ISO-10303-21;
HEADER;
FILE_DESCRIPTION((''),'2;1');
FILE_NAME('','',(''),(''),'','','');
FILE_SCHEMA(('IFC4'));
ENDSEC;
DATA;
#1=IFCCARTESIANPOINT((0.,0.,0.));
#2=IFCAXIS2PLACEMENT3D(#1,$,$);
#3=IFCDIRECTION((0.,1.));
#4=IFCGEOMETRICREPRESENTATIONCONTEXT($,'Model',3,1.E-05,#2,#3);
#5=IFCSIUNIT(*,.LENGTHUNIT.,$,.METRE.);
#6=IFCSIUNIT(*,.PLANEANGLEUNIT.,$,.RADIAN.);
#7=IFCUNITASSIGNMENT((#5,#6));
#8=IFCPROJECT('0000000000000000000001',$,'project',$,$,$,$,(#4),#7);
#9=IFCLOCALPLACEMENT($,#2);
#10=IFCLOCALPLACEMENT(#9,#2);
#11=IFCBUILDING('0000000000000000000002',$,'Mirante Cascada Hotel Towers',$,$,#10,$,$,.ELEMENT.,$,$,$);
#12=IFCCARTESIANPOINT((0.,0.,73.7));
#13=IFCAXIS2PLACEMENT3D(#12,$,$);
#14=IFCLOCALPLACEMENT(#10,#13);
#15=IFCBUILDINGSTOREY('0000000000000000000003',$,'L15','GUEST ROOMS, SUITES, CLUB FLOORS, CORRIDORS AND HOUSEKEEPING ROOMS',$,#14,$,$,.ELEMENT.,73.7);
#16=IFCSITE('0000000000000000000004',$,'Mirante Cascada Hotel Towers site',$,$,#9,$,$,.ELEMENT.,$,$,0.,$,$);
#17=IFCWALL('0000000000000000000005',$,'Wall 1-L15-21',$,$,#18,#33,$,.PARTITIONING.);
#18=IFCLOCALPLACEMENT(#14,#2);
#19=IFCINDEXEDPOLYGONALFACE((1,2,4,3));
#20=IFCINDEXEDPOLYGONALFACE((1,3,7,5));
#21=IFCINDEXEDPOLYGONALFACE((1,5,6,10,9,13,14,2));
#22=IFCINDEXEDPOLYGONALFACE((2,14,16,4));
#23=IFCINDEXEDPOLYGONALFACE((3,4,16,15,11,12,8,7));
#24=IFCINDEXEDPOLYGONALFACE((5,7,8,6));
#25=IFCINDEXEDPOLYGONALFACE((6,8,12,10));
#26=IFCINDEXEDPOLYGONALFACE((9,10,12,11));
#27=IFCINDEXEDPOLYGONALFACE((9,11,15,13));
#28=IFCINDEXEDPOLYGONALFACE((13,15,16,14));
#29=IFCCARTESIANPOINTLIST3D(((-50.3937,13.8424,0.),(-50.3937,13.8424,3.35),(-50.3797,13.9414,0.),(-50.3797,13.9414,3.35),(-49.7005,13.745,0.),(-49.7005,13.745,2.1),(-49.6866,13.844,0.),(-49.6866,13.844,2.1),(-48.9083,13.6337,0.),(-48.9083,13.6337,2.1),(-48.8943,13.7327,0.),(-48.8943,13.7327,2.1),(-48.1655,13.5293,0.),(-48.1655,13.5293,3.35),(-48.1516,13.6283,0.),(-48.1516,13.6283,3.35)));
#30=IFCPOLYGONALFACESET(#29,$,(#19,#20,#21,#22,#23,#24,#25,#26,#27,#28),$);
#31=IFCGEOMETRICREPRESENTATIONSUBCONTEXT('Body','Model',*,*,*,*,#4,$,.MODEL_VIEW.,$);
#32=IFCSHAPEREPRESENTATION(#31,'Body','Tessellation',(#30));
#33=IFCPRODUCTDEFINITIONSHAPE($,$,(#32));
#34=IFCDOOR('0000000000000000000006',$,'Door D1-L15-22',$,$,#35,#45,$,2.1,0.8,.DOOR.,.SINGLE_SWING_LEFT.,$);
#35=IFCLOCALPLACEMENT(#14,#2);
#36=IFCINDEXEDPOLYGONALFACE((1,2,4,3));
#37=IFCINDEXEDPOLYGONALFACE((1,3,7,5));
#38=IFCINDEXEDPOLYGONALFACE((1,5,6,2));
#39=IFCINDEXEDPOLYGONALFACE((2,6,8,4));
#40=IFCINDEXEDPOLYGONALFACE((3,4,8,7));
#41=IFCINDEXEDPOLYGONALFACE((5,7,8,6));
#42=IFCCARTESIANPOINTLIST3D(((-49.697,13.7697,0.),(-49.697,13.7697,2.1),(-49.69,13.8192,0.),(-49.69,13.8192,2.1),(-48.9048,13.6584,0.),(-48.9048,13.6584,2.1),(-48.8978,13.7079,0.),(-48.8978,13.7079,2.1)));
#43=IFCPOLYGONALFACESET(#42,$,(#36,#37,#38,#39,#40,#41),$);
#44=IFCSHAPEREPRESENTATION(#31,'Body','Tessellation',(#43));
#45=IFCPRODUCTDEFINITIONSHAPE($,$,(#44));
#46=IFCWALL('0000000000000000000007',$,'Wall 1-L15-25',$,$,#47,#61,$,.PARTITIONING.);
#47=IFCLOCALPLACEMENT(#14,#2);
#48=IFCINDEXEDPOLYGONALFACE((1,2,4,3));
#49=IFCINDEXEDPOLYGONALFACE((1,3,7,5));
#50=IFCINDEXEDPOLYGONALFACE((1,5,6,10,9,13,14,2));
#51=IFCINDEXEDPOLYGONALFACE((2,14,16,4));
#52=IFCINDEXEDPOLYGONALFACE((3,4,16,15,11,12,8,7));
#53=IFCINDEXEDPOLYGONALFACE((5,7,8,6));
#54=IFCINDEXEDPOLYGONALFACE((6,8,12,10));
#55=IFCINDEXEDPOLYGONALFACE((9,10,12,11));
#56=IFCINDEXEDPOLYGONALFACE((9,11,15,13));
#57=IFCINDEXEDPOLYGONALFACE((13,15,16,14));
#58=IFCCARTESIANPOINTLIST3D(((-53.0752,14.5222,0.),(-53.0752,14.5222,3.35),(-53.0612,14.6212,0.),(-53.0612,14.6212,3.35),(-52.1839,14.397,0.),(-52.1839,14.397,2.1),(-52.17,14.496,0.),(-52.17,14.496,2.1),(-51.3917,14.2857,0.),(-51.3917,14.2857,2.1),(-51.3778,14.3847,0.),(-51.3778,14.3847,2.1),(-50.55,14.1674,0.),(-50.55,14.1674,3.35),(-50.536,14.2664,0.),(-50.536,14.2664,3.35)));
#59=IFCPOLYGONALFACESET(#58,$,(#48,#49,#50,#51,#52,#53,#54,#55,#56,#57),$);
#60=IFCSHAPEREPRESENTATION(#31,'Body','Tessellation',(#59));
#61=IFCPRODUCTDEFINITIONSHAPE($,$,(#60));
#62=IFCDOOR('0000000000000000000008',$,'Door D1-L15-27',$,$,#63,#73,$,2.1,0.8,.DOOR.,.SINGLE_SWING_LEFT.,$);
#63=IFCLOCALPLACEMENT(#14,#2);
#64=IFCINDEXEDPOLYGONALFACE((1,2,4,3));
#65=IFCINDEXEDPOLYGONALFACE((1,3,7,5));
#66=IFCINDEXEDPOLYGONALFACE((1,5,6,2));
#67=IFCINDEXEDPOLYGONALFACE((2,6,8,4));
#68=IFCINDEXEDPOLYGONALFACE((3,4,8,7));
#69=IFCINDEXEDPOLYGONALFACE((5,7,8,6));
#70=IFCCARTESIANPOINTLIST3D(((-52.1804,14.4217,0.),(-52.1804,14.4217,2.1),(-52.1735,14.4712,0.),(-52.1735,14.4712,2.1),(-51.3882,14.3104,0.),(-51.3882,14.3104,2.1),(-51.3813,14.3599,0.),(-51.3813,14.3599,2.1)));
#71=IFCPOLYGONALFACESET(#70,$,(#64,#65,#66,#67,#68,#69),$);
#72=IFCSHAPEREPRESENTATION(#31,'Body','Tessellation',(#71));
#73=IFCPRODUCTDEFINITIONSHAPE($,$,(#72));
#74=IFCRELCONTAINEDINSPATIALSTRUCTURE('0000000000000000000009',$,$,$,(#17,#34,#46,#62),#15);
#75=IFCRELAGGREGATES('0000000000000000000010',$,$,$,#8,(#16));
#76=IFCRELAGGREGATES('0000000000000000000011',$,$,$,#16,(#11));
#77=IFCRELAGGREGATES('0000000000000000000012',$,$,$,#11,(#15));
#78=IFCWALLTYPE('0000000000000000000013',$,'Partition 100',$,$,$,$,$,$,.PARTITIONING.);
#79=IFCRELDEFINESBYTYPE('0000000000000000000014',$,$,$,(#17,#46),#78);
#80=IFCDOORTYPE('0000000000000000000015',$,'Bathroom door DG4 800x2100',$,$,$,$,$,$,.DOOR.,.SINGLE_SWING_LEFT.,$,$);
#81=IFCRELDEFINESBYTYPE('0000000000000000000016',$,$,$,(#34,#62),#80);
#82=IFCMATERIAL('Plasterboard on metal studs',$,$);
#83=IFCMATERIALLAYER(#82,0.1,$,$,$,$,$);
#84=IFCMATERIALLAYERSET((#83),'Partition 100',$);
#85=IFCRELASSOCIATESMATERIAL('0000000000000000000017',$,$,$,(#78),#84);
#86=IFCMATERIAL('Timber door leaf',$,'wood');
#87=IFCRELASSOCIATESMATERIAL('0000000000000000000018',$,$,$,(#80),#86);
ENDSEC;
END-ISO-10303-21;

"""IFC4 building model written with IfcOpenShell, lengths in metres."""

from ifc_helpers import new_model, si_unit, direction, frame, frame_2d, origin, place, context, subcontext, project, spatial, rectangle, extrude, material, layer, layer_set, type_object, element, fill, save


model = new_model("IFC4")

# Units and contexts
model_context = context("Model", 3, precision=1e-05, world=origin(), true_north=direction((0.0, 1.0)))
body_context = subcontext(model_context, "Body", "Model", "MODEL_VIEW")
ifc_project = project(units=[si_unit("LENGTHUNIT", "METRE"), si_unit("PLANEANGLEUNIT", "RADIAN")], contexts=[model_context])

# Site, building, storey
site_placement = place(None, origin())
site = spatial("IfcSite", under=ifc_project, at=site_placement, Name="Mirante Cascada Hotel Towers site", CompositionType="ELEMENT", RefElevation=0.0)
building_placement = place(site_placement, origin())
building = spatial("IfcBuilding", under=site, at=building_placement, Name="Mirante Cascada Hotel Towers", CompositionType="ELEMENT")
storey_placement = place(building_placement, frame((0.0, 0.0, 73.7)))
storey = spatial("IfcBuildingStorey", under=building, at=storey_placement, Name="L15", Description="GUEST ROOMS, SUITES, CLUB FLOORS, CORRIDORS AND HOUSEKEEPING ROOMS", CompositionType="ELEMENT", Elevation=73.7)

# Walls, openings, doors
ifc_material_1 = material(Name="Plasterboard on metal studs")
ifc_layer_1 = layer(ifc_material_1, 0.1)
ifc_layer_set_1 = layer_set([ifc_layer_1], Name="Partition 100")
wall_type_1 = type_object("IfcWallType", Name="Partition 100", PredefinedType="PARTITIONING", material=ifc_layer_set_1)
wall_1_placement = place(storey_placement, frame((-50.3867, 13.8919, 0.0), z_axis=(0.0, 0.0, 1.0), x_axis=(0.990271, -0.139156, 0.0)))
wall_1 = element("IfcWall", 1, at=wall_1_placement, inside=storey, type_object=wall_type_1, Name="Wall 1-L15-21", PredefinedType="PARTITIONING", context=body_context, shape_type="SweptSolid", body=[
    extrude(rectangle(XDim=2.25, YDim=0.1, at=frame_2d((1.125, 0.0))), origin(), (0.0, 0.0, 1.0), 3.35),
])
opening_1_placement = place(wall_1_placement, frame((0.7, 0.0, 0.0)))
opening_1 = element("IfcOpeningElement", 2, at=opening_1_placement, cuts=wall_1, PredefinedType="OPENING", context=body_context, shape_type="SweptSolid", body=[
    extrude(rectangle(XDim=0.8, YDim=2.1, at=frame_2d((0.4, 1.05))), frame((0.0, 0.05, 0.0), z_axis=(0.0, -1.0, 0.0), x_axis=(1.0, 0.0, 0.0)), (0.0, 0.0, 1.0), 0.1),
])
ifc_material_2 = material(Name="Timber door leaf", Category="wood")
door_type = type_object("IfcDoorType", Name="Bathroom door DG4 800x2100", OperationType="SINGLE_SWING_LEFT", PredefinedType="DOOR", material=ifc_material_2)
door_1_placement = place(opening_1_placement, origin())
door_1 = element("IfcDoor", 3, at=door_1_placement, inside=storey, type_object=door_type, Name="Door D1-L15-22", OperationType="SINGLE_SWING_LEFT", OverallHeight=2.1, OverallWidth=0.8, PredefinedType="DOOR", context=body_context, shape_type="SweptSolid", body=[
    extrude(rectangle(XDim=0.8, YDim=2.1, at=frame_2d((0.4, 1.05))), frame((0.0, 0.025, 0.0), z_axis=(0.0, -1.0, 0.0), x_axis=(1.0, 0.0, 0.0)), (0.0, 0.0, 1.0), 0.05),
])
fill(opening_1, door_1)
wall_2_placement = place(storey_placement, frame((-53.0682, 14.5717, 0.0), z_axis=(0.0, 0.0, 1.0), x_axis=(0.990273, -0.139137, 0.0)))
wall_2 = element("IfcWall", 4, at=wall_2_placement, inside=storey, type_object=wall_type_1, Name="Wall 1-L15-25", PredefinedType="PARTITIONING", context=body_context, shape_type="SweptSolid", body=[
    extrude(rectangle(XDim=2.55, YDim=0.1, at=frame_2d((1.275, 0.0))), origin(), (0.0, 0.0, 1.0), 3.35),
])
opening_2_placement = place(wall_2_placement, frame((0.9, 0.0, 0.0)))
opening_2 = element("IfcOpeningElement", 5, at=opening_2_placement, cuts=wall_2, PredefinedType="OPENING", context=body_context, shape_type="SweptSolid", body=[
    extrude(rectangle(XDim=0.8, YDim=2.1, at=frame_2d((0.4, 1.05))), frame((0.0, 0.05, 0.0), z_axis=(0.0, -1.0, 0.0), x_axis=(1.0, 0.0, 0.0)), (0.0, 0.0, 1.0), 0.1),
])
door_2_placement = place(opening_2_placement, origin())
door_2 = element("IfcDoor", 6, at=door_2_placement, inside=storey, type_object=door_type, Name="Door D1-L15-27", OperationType="SINGLE_SWING_LEFT", OverallHeight=2.1, OverallWidth=0.8, PredefinedType="DOOR", context=body_context, shape_type="SweptSolid", body=[
    extrude(rectangle(XDim=0.8, YDim=2.1, at=frame_2d((0.4, 1.05))), frame((0.0, 0.025, 0.0), z_axis=(0.0, -1.0, 0.0), x_axis=(1.0, 0.0, 0.0)), (0.0, 0.0, 1.0), 0.05),
])
fill(opening_2, door_2)

save(model, "model.ifc")
